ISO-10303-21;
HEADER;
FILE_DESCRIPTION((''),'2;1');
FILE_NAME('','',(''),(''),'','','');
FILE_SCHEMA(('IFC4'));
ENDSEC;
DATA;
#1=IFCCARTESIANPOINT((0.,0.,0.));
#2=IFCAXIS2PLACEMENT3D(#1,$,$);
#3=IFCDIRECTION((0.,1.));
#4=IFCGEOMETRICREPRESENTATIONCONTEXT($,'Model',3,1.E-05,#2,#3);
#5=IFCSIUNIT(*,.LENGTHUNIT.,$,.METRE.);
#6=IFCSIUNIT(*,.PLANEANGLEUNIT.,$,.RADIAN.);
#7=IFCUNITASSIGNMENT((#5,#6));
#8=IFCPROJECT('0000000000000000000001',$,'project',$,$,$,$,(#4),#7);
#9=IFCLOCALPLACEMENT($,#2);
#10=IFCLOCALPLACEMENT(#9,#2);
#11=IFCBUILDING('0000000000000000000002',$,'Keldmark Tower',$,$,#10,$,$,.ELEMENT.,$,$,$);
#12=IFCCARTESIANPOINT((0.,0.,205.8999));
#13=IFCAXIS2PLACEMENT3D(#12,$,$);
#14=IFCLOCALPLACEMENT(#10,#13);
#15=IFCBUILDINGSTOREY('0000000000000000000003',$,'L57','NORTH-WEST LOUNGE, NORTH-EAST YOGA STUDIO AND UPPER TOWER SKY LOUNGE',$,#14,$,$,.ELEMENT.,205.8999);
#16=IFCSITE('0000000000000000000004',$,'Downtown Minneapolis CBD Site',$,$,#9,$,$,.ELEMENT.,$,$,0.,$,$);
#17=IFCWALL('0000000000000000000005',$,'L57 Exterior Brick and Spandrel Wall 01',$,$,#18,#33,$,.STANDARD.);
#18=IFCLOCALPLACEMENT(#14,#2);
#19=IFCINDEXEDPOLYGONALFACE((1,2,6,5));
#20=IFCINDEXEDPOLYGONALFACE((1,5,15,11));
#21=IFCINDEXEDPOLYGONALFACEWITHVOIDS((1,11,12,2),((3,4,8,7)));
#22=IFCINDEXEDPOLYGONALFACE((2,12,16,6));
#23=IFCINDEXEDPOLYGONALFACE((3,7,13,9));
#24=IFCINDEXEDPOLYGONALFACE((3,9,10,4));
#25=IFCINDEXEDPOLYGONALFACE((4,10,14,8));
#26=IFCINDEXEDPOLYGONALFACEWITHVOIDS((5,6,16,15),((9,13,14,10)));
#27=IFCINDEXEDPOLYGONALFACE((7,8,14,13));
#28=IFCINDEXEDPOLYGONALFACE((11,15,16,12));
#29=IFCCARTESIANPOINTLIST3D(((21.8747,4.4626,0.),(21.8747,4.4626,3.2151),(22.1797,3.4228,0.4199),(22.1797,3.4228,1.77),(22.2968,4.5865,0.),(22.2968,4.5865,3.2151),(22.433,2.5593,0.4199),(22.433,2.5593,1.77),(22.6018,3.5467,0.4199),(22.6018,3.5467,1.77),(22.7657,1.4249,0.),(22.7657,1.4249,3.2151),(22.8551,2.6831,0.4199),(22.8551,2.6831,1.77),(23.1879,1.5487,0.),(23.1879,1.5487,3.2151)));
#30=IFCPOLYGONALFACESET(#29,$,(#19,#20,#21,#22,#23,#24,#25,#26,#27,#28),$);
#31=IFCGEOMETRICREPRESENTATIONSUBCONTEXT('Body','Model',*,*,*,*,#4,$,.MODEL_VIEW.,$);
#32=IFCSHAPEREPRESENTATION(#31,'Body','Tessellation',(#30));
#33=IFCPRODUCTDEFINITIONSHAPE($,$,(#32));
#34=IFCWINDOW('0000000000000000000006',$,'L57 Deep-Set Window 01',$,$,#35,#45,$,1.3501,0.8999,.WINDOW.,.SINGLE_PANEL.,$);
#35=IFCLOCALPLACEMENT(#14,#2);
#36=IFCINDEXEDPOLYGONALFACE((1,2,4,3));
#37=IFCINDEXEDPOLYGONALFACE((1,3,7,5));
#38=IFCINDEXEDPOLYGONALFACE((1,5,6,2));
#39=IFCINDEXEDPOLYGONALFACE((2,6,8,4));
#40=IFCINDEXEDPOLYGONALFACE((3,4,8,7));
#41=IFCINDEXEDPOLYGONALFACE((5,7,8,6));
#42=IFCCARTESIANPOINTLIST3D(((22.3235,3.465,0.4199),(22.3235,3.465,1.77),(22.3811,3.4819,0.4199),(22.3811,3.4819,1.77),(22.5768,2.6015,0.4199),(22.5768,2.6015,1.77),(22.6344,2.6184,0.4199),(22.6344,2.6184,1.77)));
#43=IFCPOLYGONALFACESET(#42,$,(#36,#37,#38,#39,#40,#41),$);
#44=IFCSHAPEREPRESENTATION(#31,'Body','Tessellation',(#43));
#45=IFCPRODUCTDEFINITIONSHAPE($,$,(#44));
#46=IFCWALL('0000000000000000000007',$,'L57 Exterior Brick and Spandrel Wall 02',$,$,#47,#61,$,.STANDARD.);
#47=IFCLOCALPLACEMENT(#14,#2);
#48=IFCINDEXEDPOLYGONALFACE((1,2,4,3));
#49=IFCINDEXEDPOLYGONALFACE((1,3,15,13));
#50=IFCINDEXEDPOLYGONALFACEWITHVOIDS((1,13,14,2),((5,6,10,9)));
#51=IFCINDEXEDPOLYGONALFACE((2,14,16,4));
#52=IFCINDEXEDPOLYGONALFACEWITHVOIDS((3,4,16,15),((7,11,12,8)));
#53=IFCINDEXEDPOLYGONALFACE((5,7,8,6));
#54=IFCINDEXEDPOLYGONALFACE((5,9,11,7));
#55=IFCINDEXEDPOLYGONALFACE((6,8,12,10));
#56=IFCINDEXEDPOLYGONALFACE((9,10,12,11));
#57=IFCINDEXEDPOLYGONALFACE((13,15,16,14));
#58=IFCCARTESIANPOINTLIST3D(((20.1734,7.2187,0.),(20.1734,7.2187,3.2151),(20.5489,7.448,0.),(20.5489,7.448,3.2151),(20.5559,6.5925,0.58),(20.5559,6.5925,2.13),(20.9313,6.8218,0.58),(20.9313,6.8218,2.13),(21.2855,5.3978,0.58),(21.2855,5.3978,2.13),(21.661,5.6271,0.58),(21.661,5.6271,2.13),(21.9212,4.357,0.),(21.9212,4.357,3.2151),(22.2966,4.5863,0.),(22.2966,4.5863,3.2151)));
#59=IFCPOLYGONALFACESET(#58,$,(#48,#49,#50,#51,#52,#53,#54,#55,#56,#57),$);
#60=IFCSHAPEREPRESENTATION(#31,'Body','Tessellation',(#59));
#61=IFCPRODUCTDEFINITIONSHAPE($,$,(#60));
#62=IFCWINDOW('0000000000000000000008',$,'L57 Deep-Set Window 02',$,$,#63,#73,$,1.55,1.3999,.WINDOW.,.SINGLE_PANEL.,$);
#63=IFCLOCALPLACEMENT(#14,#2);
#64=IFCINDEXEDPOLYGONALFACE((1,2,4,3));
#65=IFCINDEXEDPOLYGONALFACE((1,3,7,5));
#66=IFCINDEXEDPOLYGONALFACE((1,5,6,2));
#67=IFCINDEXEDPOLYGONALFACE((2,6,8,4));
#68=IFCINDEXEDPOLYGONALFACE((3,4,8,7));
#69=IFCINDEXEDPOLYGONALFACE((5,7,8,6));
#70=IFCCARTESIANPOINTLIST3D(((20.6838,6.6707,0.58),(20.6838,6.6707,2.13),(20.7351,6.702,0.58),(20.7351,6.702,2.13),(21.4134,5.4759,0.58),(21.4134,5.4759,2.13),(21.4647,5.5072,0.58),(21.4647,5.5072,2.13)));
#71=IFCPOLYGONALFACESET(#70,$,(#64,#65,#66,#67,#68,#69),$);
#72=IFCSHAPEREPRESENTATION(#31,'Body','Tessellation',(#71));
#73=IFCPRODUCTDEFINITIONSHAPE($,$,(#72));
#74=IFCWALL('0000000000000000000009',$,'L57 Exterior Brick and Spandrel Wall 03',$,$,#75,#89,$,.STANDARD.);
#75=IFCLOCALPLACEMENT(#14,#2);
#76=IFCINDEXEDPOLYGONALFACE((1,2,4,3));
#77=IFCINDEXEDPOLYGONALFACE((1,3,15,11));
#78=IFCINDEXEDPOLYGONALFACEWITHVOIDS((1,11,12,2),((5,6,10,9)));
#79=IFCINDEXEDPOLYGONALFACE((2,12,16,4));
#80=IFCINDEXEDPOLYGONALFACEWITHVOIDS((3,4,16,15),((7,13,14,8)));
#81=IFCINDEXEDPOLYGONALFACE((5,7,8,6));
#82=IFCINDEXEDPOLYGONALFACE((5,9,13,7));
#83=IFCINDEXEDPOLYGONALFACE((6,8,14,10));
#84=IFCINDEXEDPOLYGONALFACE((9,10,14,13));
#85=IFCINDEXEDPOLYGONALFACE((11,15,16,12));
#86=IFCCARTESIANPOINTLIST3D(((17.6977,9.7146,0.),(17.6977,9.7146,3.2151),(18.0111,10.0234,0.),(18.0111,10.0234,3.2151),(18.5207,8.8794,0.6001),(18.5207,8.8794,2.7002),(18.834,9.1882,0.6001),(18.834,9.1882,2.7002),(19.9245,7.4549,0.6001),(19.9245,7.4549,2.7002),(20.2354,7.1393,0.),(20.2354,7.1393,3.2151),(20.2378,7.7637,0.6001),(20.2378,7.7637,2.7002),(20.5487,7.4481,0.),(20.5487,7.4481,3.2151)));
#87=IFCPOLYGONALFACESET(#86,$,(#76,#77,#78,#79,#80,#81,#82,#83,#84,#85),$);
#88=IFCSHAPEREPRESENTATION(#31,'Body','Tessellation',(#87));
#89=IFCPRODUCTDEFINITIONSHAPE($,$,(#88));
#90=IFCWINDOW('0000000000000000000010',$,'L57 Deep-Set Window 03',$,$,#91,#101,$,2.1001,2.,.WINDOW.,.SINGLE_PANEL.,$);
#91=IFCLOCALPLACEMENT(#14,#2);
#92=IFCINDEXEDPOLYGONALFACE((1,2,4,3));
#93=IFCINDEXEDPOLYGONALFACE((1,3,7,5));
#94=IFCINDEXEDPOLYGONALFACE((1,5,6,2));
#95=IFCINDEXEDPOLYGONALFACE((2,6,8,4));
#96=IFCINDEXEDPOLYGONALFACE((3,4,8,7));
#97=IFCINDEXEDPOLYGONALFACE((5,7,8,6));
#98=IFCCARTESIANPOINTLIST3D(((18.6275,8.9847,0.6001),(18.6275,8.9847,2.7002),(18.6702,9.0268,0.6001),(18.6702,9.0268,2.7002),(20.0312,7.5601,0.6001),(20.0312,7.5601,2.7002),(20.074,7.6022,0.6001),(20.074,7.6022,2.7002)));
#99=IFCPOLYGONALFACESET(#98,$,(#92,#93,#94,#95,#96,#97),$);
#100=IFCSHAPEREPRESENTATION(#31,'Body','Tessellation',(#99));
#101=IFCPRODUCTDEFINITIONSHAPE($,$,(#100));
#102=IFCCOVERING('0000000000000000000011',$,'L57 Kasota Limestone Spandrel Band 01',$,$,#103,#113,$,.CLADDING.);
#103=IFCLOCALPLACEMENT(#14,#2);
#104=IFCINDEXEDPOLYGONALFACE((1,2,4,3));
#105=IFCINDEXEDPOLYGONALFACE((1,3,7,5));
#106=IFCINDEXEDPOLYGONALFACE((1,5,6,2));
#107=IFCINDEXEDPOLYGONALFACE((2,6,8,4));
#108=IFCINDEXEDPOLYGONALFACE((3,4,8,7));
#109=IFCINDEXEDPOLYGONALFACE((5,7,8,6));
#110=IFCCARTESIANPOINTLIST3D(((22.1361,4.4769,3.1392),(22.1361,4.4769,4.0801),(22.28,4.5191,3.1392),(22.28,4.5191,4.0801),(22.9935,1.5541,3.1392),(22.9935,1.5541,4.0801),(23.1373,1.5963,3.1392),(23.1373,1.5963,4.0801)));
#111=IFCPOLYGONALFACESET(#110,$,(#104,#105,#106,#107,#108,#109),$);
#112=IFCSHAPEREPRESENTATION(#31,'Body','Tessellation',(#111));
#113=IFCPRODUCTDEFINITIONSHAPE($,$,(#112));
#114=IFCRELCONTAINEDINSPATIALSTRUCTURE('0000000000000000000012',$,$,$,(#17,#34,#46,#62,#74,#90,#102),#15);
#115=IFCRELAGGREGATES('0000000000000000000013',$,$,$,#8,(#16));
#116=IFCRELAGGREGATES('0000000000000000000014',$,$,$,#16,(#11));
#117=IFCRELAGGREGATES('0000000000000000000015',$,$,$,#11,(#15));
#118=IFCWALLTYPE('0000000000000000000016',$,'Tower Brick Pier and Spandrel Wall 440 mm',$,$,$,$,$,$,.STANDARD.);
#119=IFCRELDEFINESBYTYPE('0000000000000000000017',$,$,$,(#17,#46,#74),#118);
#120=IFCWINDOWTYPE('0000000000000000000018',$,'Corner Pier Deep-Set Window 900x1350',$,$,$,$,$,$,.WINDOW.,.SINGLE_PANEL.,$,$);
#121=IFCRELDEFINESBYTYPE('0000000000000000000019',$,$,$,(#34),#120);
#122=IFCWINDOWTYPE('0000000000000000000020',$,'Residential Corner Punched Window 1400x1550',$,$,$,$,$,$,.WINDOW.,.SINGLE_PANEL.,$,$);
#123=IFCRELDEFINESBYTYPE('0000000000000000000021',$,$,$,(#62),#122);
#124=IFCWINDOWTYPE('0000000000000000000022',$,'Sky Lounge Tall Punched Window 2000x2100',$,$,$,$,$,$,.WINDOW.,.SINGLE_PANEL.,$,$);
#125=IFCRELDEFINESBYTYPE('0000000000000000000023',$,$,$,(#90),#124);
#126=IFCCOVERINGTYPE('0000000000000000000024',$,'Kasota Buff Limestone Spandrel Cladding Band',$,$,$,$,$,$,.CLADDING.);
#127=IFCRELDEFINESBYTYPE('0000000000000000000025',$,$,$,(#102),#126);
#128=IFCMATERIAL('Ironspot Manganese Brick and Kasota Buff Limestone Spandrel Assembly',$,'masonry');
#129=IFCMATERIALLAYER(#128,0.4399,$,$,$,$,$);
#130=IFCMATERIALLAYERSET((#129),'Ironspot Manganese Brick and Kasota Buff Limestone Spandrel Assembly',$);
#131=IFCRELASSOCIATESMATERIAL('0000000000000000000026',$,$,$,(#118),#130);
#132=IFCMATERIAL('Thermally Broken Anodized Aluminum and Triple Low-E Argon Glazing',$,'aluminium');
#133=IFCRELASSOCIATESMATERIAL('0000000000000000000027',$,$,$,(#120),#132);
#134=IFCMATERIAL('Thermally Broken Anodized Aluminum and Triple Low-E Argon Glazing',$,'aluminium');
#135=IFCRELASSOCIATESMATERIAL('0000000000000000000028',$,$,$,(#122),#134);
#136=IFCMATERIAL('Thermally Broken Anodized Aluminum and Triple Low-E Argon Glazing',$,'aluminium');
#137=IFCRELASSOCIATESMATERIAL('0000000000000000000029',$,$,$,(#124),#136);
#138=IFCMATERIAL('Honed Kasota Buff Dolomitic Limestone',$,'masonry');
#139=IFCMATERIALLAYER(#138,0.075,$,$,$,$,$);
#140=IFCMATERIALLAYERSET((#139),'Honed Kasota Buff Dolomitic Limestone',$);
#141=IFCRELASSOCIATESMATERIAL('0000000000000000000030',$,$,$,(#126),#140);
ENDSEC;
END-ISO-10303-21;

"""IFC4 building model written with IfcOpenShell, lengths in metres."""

from ifc_helpers import new_model, si_unit, direction, frame, frame_2d, origin, origin_2d, place, context, subcontext, project, spatial, rectangle, extrude, material, layer, layer_set, type_object, element, fill, save


model = new_model("IFC4")

# Units and contexts
model_context = context("Model", 3, precision=1e-05, world=origin(), true_north=direction((0.0, 1.0)))
body_context = subcontext(model_context, "Body", "Model", "MODEL_VIEW")
ifc_project = project(units=[si_unit("LENGTHUNIT", "METRE"), si_unit("PLANEANGLEUNIT", "RADIAN")], contexts=[model_context])

# Site, building, storey
site_placement = place(None, origin())
site = spatial("IfcSite", under=ifc_project, at=site_placement, Name="Downtown Minneapolis CBD Site", CompositionType="ELEMENT", RefElevation=0.0)
building_placement = place(site_placement, origin())
building = spatial("IfcBuilding", under=site, at=building_placement, Name="Keldmark Tower", CompositionType="ELEMENT")
storey_placement = place(building_placement, frame((0.0, 0.0, 205.8999)))
storey = spatial("IfcBuildingStorey", under=building, at=storey_placement, Name="L57", Description="NORTH-WEST LOUNGE, NORTH-EAST YOGA STUDIO AND UPPER TOWER SKY LOUNGE", CompositionType="ELEMENT", Elevation=205.8999)

# Walls, openings, windows
ifc_material_1 = material(Name="Ironspot Manganese Brick and Kasota Buff Limestone Spandrel Assembly", Category="masonry")
ifc_layer_1 = layer(ifc_material_1, 0.4399)
ifc_layer_set_1 = layer_set([ifc_layer_1], Name="Ironspot Manganese Brick and Kasota Buff Limestone Spandrel Assembly")
wall_type_1 = type_object("IfcWallType", Name="Tower Brick Pier and Spandrel Wall 440 mm", PredefinedType="STANDARD", material=ifc_layer_set_1)
wall_1_placement = place(storey_placement, frame((22.0857, 4.5247, 0.0), z_axis=(0.0, 0.0, 1.0), x_axis=(0.281477, -0.959568, 0.0)))
wall_1 = element("IfcWall", 1, at=wall_1_placement, inside=storey, type_object=wall_type_1, Name="L57 Exterior Brick and Spandrel Wall 01", PredefinedType="STANDARD", context=body_context, shape_type="SweptSolid", body=[
    extrude(rectangle(XDim=3.1658, YDim=0.4399, at=frame_2d((1.583, 0.0))), origin(), (0.0, 0.0, 1.0), 3.2151),
])
opening_1_placement = place(wall_1_placement, frame((1.0837, 0.0, 0.4199)))
opening_1 = element("IfcOpeningElement", 2, at=opening_1_placement, cuts=wall_1, PredefinedType="OPENING", context=body_context, shape_type="SweptSolid", body=[
    extrude(rectangle(XDim=0.8999, YDim=1.3501, at=frame_2d((0.45, 0.675))), frame((0.0, 0.23, 0.0), z_axis=(0.0, -1.0, 0.0), x_axis=(1.0, 0.0, 0.0)), (0.0, 0.0, 1.0), 0.46),
])
ifc_material_2 = material(Name="Thermally Broken Anodized Aluminum and Triple Low-E Argon Glazing", Category="aluminium")
window_type_1 = type_object("IfcWindowType", Name="Corner Pier Deep-Set Window 900x1350", PartitioningType="SINGLE_PANEL", PredefinedType="WINDOW", material=ifc_material_2)
window_1_placement = place(opening_1_placement, origin())
window_1 = element("IfcWindow", 3, at=window_1_placement, inside=storey, type_object=window_type_1, Name="L57 Deep-Set Window 01", OverallHeight=1.3501, OverallWidth=0.8999, PartitioningType="SINGLE_PANEL", PredefinedType="WINDOW", context=body_context, shape_type="SweptSolid", body=[
    extrude(rectangle(XDim=0.8999, YDim=1.3501, at=frame_2d((0.45, 0.675))), frame((0.0, -0.01, 0.0), z_axis=(0.0, -1.0, 0.0), x_axis=(1.0, 0.0, 0.0)), (0.0, 0.0, 1.0), 0.0601),
])
fill(opening_1, window_1)
wall_2_placement = place(storey_placement, frame((20.3611, 7.3335, 0.0), z_axis=(0.0, 0.0, 1.0), x_axis=(0.521214, -0.853426, 0.0)))
wall_2 = element("IfcWall", 4, at=wall_2_placement, inside=storey, type_object=wall_type_1, Name="L57 Exterior Brick and Spandrel Wall 02", PredefinedType="STANDARD", context=body_context, shape_type="SweptSolid", body=[
    extrude(rectangle(XDim=3.3533, YDim=0.4399, at=frame_2d((1.6768, 0.0))), origin(), (0.0, 0.0, 1.0), 3.2151),
])
opening_2_placement = place(wall_2_placement, frame((0.7339, 0.0, 0.5801)))
opening_2 = element("IfcOpeningElement", 5, at=opening_2_placement, cuts=wall_2, PredefinedType="OPENING", context=body_context, shape_type="SweptSolid", body=[
    extrude(rectangle(XDim=1.3999, YDim=1.55, at=frame_2d((0.7, 0.7749))), frame((0.0, 0.23, 0.0), z_axis=(0.0, -1.0, 0.0), x_axis=(1.0, 0.0, 0.0)), (0.0, 0.0, 1.0), 0.46),
])
ifc_material_3 = material(Name="Thermally Broken Anodized Aluminum and Triple Low-E Argon Glazing", Category="aluminium")
window_type_2 = type_object("IfcWindowType", Name="Residential Corner Punched Window 1400x1550", PartitioningType="SINGLE_PANEL", PredefinedType="WINDOW", material=ifc_material_3)
window_2_placement = place(opening_2_placement, origin())
window_2 = element("IfcWindow", 6, at=window_2_placement, inside=storey, type_object=window_type_2, Name="L57 Deep-Set Window 02", OverallHeight=1.55, OverallWidth=1.3999, PartitioningType="SINGLE_PANEL", PredefinedType="WINDOW", context=body_context, shape_type="SweptSolid", body=[
    extrude(rectangle(XDim=1.3999, YDim=1.55, at=frame_2d((0.7, 0.7749))), frame((0.0, -0.01, 0.0), z_axis=(0.0, -1.0, 0.0), x_axis=(1.0, 0.0, 0.0)), (0.0, 0.0, 1.0), 0.0601),
])
fill(opening_2, window_2)
wall_3_placement = place(storey_placement, frame((17.8545, 9.8689, 0.0), z_axis=(0.0, 0.0, 1.0), x_axis=(0.701888, -0.712287, 0.0)))
wall_3 = element("IfcWall", 7, at=wall_3_placement, inside=storey, type_object=wall_type_1, Name="L57 Exterior Brick and Spandrel Wall 03", PredefinedType="STANDARD", context=body_context, shape_type="SweptSolid", body=[
    extrude(rectangle(XDim=3.6155, YDim=0.4399, at=frame_2d((1.8076, 0.0))), origin(), (0.0, 0.0, 1.0), 3.2151),
])
opening_3_placement = place(wall_3_placement, frame((1.1724, 0.0, 0.6001)))
opening_3 = element("IfcOpeningElement", 8, at=opening_3_placement, cuts=wall_3, PredefinedType="OPENING", context=body_context, shape_type="SweptSolid", body=[
    extrude(rectangle(XDim=2.0, YDim=2.1001, at=frame_2d((1.0, 1.05))), frame((0.0, 0.23, 0.0), z_axis=(0.0, -1.0, 0.0), x_axis=(1.0, 0.0, 0.0)), (0.0, 0.0, 1.0), 0.46),
])
ifc_material_4 = material(Name="Thermally Broken Anodized Aluminum and Triple Low-E Argon Glazing", Category="aluminium")
window_type_3 = type_object("IfcWindowType", Name="Sky Lounge Tall Punched Window 2000x2100", PartitioningType="SINGLE_PANEL", PredefinedType="WINDOW", material=ifc_material_4)
window_3_placement = place(opening_3_placement, origin())
window_3 = element("IfcWindow", 9, at=window_3_placement, inside=storey, type_object=window_type_3, Name="L57 Deep-Set Window 03", OverallHeight=2.1001, OverallWidth=2.0, PartitioningType="SINGLE_PANEL", PredefinedType="WINDOW", context=body_context, shape_type="SweptSolid", body=[
    extrude(rectangle(XDim=2.0, YDim=2.1001, at=frame_2d((1.0, 1.05))), frame((0.0, -0.01, 0.0), z_axis=(0.0, -1.0, 0.0), x_axis=(1.0, 0.0, 0.0)), (0.0, 0.0, 1.0), 0.0601),
])
fill(opening_3, window_3)

# Covering
ifc_material_5 = material(Name="Honed Kasota Buff Dolomitic Limestone", Category="masonry")
ifc_layer_2 = layer(ifc_material_5, 0.075)
ifc_layer_set_2 = layer_set([ifc_layer_2], Name="Honed Kasota Buff Dolomitic Limestone")
covering_type = type_object("IfcCoveringType", Name="Kasota Buff Limestone Spandrel Cladding Band", PredefinedType="CLADDING", material=ifc_layer_set_2)
covering_placement = place(storey_placement, frame((22.6367, 3.0366, 3.1392), z_axis=(0.0, 0.0, 1.0), x_axis=(-0.281471, 0.95957, 0.0)))
element("IfcCovering", 10, at=covering_placement, inside=storey, type_object=covering_type, Name="L57 Kasota Limestone Spandrel Band 01", PredefinedType="CLADDING", context=body_context, shape_type="SweptSolid", body=[
    extrude(rectangle(XDim=3.0459, YDim=0.1499, at=origin_2d()), origin(), (0.0, 0.0, 1.0), 0.9409),
])

save(model, "model.ifc")
